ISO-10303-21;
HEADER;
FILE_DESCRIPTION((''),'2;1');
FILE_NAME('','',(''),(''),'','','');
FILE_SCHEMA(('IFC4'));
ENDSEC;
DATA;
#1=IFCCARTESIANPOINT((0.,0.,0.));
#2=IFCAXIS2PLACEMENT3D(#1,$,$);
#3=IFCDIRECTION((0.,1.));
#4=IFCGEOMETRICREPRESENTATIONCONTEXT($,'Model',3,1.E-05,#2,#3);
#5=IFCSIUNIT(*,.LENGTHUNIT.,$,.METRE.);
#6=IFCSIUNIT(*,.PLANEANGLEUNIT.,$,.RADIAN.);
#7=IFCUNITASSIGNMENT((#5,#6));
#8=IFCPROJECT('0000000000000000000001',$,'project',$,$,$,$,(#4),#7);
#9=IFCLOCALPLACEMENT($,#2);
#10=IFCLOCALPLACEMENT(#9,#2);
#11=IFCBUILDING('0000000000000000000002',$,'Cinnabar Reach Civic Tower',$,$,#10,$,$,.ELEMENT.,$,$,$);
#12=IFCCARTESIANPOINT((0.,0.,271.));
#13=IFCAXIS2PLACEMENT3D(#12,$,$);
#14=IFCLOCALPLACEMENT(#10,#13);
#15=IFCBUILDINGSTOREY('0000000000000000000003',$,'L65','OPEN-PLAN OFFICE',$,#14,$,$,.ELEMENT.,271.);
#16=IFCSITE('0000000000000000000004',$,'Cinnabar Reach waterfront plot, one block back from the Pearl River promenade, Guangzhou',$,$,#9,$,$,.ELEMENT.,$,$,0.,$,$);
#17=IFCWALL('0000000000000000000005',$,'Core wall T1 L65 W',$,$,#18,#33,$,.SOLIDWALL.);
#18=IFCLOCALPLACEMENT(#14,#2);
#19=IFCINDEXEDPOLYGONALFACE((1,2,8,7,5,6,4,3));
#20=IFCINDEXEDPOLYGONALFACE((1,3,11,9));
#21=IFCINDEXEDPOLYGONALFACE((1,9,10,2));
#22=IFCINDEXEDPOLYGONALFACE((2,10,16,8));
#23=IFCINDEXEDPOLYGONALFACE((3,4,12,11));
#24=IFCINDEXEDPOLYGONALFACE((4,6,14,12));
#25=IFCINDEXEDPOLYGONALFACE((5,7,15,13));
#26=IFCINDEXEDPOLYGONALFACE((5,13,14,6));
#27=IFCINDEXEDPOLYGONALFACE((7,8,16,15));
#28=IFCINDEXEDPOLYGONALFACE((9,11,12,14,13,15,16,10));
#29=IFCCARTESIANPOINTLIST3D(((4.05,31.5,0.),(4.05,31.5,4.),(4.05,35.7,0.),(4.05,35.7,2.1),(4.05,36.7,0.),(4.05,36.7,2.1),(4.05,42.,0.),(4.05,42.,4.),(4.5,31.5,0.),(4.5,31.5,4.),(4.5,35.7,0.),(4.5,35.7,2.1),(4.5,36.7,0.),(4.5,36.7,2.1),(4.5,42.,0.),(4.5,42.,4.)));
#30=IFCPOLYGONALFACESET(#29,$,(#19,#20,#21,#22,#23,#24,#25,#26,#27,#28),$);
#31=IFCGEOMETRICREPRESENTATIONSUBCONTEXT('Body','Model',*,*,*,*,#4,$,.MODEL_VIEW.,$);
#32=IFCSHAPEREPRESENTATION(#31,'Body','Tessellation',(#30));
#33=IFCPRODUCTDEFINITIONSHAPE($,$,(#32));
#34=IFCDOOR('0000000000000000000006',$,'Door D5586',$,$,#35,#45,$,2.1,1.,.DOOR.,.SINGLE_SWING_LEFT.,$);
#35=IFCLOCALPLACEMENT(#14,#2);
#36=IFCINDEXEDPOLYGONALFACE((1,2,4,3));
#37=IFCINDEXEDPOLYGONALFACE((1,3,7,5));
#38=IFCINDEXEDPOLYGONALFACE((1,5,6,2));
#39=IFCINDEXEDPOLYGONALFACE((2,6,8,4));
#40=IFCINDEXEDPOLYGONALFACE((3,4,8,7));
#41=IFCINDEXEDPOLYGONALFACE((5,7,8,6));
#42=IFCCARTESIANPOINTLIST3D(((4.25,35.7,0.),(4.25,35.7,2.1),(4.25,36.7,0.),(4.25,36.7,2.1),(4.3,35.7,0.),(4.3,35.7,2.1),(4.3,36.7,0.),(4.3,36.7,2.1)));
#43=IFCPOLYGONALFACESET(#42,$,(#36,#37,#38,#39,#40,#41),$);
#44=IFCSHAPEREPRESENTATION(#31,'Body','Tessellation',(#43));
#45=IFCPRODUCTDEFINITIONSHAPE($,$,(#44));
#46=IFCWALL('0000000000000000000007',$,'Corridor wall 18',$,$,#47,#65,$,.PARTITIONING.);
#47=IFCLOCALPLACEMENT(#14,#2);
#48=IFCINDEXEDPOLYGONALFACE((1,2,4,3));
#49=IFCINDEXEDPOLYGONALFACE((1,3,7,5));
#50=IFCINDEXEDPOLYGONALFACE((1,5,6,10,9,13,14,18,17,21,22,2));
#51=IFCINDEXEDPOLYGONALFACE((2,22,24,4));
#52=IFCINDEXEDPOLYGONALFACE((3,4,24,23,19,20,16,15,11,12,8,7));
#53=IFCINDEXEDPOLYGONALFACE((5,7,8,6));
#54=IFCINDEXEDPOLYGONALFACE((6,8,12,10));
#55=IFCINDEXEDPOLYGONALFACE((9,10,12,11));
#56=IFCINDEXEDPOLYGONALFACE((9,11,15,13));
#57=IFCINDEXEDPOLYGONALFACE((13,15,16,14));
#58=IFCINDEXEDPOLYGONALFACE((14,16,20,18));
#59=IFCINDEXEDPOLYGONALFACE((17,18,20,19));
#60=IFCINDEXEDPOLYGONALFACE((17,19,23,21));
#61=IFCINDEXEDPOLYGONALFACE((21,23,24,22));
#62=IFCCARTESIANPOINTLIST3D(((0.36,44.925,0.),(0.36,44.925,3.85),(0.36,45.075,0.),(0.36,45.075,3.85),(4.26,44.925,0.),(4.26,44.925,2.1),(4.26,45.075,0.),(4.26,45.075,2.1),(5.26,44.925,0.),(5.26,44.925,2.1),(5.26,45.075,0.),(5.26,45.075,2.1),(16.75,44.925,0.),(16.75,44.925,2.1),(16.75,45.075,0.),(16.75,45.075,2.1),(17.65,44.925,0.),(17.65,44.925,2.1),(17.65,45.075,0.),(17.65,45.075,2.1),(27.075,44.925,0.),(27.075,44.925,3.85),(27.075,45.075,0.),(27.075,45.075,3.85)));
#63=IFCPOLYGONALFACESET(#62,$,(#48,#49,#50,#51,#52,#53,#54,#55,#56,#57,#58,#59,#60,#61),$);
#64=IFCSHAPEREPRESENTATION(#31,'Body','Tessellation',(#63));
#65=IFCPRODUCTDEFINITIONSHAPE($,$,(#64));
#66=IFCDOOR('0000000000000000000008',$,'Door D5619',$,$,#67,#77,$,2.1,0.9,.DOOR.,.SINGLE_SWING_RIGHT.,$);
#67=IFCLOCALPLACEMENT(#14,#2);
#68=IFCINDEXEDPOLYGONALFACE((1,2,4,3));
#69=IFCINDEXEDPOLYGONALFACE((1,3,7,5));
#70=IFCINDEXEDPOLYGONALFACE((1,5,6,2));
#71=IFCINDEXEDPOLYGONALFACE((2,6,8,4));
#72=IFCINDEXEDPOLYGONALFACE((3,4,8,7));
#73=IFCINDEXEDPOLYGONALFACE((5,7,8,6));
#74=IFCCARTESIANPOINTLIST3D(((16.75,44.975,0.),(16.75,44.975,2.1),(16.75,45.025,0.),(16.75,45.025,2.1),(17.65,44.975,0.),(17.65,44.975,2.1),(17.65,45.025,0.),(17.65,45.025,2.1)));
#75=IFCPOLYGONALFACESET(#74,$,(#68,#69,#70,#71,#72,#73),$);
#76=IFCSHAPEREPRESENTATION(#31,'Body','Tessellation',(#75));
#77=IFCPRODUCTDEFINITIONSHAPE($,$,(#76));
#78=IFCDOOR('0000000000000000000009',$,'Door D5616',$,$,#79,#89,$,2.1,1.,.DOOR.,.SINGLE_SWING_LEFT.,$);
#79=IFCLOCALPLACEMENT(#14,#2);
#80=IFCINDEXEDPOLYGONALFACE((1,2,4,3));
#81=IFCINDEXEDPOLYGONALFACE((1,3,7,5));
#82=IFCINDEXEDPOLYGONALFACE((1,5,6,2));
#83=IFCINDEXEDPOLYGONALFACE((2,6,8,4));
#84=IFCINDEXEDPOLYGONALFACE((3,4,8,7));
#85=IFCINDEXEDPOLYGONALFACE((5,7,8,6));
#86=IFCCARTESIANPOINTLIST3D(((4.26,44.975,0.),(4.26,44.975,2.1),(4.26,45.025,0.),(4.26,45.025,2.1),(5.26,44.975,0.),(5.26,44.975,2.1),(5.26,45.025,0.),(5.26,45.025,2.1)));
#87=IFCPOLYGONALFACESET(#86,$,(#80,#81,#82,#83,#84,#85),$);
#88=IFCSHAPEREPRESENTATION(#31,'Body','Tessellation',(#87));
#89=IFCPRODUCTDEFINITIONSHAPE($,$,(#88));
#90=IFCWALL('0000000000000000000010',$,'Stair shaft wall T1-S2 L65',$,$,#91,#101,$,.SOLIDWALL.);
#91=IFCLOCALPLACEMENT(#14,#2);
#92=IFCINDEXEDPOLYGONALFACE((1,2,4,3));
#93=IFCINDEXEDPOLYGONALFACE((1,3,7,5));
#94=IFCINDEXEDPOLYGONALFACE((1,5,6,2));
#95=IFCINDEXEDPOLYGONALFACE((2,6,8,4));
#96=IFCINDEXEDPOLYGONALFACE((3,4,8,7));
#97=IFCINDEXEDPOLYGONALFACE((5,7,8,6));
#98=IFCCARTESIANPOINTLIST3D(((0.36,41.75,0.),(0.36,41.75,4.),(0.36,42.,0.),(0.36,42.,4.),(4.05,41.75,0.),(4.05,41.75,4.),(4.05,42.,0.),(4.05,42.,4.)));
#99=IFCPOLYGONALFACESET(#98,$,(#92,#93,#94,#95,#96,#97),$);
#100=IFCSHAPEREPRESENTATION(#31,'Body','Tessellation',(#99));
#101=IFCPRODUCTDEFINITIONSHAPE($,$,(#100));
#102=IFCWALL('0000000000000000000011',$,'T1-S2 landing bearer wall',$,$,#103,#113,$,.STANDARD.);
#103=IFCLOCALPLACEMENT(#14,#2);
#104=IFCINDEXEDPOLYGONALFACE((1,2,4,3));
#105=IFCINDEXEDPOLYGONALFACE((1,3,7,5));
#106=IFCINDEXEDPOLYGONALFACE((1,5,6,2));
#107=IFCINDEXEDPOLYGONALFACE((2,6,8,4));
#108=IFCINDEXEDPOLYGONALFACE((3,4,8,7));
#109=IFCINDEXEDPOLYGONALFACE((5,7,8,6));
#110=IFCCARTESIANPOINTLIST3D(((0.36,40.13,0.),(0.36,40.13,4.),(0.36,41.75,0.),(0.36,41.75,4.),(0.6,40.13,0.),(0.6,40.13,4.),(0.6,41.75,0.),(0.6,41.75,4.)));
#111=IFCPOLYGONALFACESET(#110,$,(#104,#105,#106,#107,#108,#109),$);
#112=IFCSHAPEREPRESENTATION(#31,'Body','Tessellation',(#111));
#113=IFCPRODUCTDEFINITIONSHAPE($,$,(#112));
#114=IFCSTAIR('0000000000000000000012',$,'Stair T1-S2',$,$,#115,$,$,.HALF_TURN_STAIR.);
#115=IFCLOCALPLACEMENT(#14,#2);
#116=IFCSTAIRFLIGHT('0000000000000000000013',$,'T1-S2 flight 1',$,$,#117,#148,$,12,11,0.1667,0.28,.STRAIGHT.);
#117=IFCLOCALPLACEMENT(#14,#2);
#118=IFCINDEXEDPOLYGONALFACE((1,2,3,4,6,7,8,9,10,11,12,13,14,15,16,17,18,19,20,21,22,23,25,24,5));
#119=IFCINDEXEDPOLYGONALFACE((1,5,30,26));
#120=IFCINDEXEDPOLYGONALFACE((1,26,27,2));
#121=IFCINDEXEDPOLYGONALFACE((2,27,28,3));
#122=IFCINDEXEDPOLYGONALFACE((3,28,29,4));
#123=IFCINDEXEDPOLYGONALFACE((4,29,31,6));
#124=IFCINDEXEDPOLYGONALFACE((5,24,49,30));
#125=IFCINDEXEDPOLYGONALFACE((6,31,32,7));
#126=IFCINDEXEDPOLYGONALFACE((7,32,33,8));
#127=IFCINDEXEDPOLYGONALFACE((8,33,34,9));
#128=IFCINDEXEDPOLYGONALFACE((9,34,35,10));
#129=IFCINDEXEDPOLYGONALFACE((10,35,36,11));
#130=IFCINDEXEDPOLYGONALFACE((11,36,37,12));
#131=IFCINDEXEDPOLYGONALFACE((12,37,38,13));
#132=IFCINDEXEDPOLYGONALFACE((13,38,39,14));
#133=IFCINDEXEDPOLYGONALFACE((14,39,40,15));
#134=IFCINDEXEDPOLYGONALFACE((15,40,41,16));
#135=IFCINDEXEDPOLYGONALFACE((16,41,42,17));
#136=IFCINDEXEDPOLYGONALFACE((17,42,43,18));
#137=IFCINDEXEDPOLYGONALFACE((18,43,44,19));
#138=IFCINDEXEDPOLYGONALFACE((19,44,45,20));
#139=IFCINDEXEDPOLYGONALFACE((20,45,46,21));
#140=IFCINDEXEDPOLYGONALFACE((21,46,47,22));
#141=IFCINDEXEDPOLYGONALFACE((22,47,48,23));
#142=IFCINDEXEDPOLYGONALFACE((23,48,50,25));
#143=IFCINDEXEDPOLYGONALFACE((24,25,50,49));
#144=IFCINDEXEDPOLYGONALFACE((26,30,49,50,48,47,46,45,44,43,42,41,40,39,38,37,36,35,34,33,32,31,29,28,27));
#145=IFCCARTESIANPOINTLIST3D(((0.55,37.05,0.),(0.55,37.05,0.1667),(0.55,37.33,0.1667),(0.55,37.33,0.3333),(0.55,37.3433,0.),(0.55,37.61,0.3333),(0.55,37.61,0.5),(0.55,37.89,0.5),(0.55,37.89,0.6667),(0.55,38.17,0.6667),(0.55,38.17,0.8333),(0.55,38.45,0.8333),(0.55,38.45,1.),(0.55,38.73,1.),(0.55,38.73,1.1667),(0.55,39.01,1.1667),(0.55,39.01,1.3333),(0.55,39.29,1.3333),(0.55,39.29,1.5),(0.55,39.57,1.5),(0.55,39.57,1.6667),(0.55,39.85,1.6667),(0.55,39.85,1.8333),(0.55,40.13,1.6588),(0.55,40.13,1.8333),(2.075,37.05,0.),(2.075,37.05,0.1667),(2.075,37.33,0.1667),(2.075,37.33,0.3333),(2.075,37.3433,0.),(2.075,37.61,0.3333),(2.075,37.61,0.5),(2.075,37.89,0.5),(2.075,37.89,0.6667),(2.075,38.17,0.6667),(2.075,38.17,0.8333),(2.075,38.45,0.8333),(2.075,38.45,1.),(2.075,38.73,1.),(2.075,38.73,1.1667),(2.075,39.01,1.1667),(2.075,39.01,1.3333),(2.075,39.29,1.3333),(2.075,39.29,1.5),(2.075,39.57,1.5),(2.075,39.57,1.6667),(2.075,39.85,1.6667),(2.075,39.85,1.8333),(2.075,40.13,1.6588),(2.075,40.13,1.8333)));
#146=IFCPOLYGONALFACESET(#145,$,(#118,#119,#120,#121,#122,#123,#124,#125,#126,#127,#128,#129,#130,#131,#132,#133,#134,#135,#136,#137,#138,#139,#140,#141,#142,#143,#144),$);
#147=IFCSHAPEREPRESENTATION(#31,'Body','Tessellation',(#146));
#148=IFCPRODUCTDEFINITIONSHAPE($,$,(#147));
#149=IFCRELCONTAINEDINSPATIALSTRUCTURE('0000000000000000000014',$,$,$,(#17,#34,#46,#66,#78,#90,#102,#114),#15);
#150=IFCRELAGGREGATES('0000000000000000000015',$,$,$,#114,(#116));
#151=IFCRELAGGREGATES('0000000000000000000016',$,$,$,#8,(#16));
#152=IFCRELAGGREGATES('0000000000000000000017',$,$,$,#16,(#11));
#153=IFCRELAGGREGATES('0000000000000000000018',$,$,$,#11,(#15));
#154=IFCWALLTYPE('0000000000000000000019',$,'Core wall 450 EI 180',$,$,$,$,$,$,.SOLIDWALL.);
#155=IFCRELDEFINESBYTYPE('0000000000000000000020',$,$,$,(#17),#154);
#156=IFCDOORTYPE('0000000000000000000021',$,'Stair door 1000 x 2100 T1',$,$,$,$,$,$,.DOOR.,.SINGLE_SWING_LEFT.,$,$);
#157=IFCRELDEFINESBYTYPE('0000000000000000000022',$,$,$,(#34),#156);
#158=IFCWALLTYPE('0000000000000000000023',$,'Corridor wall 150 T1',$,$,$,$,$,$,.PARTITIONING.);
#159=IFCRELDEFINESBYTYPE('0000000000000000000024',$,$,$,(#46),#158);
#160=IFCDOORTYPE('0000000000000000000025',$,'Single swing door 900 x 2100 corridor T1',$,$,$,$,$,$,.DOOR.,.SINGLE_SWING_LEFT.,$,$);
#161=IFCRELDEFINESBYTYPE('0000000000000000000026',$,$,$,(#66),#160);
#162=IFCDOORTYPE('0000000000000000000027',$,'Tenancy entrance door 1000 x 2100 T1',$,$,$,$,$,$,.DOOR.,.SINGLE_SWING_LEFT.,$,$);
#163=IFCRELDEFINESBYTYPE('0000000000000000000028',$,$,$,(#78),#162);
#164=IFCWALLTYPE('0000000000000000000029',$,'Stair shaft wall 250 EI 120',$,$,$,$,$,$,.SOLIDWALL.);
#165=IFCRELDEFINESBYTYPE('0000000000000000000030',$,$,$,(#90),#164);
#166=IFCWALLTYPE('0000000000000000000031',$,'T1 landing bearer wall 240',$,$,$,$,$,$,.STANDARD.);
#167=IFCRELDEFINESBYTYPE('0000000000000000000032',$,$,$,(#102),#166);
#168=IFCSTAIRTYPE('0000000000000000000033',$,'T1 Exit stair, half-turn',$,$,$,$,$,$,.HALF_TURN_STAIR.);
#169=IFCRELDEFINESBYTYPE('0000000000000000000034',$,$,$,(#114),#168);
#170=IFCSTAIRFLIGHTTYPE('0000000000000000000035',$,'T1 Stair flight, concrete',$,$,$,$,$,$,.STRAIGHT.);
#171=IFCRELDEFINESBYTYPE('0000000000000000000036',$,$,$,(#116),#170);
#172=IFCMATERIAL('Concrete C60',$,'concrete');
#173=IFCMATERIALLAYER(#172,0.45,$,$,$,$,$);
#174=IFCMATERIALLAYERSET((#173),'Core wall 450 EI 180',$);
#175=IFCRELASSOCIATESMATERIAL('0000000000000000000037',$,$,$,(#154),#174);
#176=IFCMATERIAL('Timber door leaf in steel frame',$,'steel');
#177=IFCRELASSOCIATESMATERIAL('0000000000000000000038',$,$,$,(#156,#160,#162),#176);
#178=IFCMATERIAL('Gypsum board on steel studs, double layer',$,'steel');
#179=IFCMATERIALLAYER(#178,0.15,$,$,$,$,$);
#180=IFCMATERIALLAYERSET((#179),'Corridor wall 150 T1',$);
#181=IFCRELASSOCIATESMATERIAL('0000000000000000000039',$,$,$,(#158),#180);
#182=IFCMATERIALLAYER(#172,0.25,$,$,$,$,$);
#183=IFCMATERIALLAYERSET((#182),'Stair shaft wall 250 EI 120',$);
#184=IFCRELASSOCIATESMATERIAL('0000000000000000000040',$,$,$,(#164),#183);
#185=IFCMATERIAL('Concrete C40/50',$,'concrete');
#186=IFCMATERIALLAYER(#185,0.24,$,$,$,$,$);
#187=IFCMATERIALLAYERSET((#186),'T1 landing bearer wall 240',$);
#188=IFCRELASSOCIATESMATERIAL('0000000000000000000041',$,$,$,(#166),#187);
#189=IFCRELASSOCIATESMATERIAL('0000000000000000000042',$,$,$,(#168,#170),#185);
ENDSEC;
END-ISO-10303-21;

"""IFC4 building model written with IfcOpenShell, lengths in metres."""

from ifc_helpers import new_model, si_unit, direction, frame, frame_2d, origin, place, context, subcontext, project, spatial, polyline, rectangle, outline, extrude, material, layer, layer_set, type_object, element, fill, aggregate, save


model = new_model("IFC4")

# Units and contexts
model_context = context("Model", 3, precision=1e-05, world=origin(), true_north=direction((0.0, 1.0)))
body_context = subcontext(model_context, "Body", "Model", "MODEL_VIEW")
ifc_project = project(units=[si_unit("LENGTHUNIT", "METRE"), si_unit("PLANEANGLEUNIT", "RADIAN")], contexts=[model_context])

# Site, building, storey
site_placement = place(None, origin())
site = spatial("IfcSite", under=ifc_project, at=site_placement, Name="Cinnabar Reach waterfront plot, one block back from the Pearl River promenade, Guangzhou", CompositionType="ELEMENT", RefElevation=0.0)
building_placement = place(site_placement, origin())
building = spatial("IfcBuilding", under=site, at=building_placement, Name="Cinnabar Reach Civic Tower", CompositionType="ELEMENT")
storey_placement = place(building_placement, frame((0.0, 0.0, 271.0)))
storey = spatial("IfcBuildingStorey", under=building, at=storey_placement, Name="L65", Description="OPEN-PLAN OFFICE", CompositionType="ELEMENT", Elevation=271.0)

# Shared definitions
ifc_material_1 = material(Name="Concrete C60", Category="concrete")

# Wall, opening, door
ifc_layer_1 = layer(ifc_material_1, 0.45)
ifc_layer_set_1 = layer_set([ifc_layer_1], Name="Core wall 450 EI 180")
wall_type_1 = type_object("IfcWallType", Name="Core wall 450 EI 180", PredefinedType="SOLIDWALL", material=ifc_layer_set_1)
wall_1_placement = place(storey_placement, frame((4.275, 42.0, 0.0), z_axis=(0.0, 0.0, 1.0), x_axis=(0.0, -1.0, 0.0)))
wall_1 = element("IfcWall", 1, at=wall_1_placement, inside=storey, type_object=wall_type_1, Name="Core wall T1 L65 W", PredefinedType="SOLIDWALL", context=body_context, shape_type="SweptSolid", body=[
    extrude(rectangle(XDim=10.5, YDim=0.45, at=frame_2d((5.25, 0.0))), origin(), (0.0, 0.0, 1.0), 4.0),
])
opening_1_placement = place(wall_1_placement, frame((5.3, 0.0, 0.0)))
opening_1 = element("IfcOpeningElement", 2, at=opening_1_placement, cuts=wall_1, PredefinedType="OPENING", context=body_context, shape_type="SweptSolid", body=[
    extrude(rectangle(XDim=1.0, YDim=2.1, at=frame_2d((0.5, 1.05))), frame((0.0, 0.235, 0.0), z_axis=(0.0, -1.0, 0.0), x_axis=(1.0, 0.0, 0.0)), (0.0, 0.0, 1.0), 0.47),
])
ifc_material_2 = material(Name="Timber door leaf in steel frame", Category="steel")
door_type_1 = type_object("IfcDoorType", Name="Stair door 1000 x 2100 T1", OperationType="SINGLE_SWING_LEFT", PredefinedType="DOOR", material=ifc_material_2)
door_1_placement = place(opening_1_placement, frame((1.0, 0.0, 0.0), z_axis=(0.0, 0.0, 1.0), x_axis=(-1.0, 0.0, 0.0)))
door_1 = element("IfcDoor", 3, at=door_1_placement, inside=storey, type_object=door_type_1, Name="Door D5586", OperationType="SINGLE_SWING_LEFT", OverallHeight=2.1, OverallWidth=1.0, PredefinedType="DOOR", context=body_context, shape_type="SweptSolid", body=[
    extrude(rectangle(XDim=1.0, YDim=2.1, at=frame_2d((0.5, 1.05))), frame((0.0, 0.025, 0.0), z_axis=(0.0, -1.0, 0.0), x_axis=(1.0, 0.0, 0.0)), (0.0, 0.0, 1.0), 0.05),
])
fill(opening_1, door_1)

# Wall, openings, doors
ifc_material_3 = material(Name="Gypsum board on steel studs, double layer", Category="steel")
ifc_layer_2 = layer(ifc_material_3, 0.15)
ifc_layer_set_2 = layer_set([ifc_layer_2], Name="Corridor wall 150 T1")
wall_type_2 = type_object("IfcWallType", Name="Corridor wall 150 T1", PredefinedType="PARTITIONING", material=ifc_layer_set_2)
wall_2_placement = place(storey_placement, frame((0.36, 45.0, 0.0), z_axis=(0.0, 0.0, 1.0), x_axis=(1.0, 0.0, 0.0)))
wall_2 = element("IfcWall", 4, at=wall_2_placement, inside=storey, type_object=wall_type_2, Name="Corridor wall 18", PredefinedType="PARTITIONING", context=body_context, shape_type="SweptSolid", body=[
    extrude(rectangle(XDim=26.715, YDim=0.15, at=frame_2d((13.3575, 0.0))), origin(), (0.0, 0.0, 1.0), 3.85),
])
opening_2_placement = place(wall_2_placement, frame((3.9, 0.0, 0.0)))
opening_2 = element("IfcOpeningElement", 5, at=opening_2_placement, cuts=wall_2, PredefinedType="OPENING", context=body_context, shape_type="SweptSolid", body=[
    extrude(rectangle(XDim=1.0, YDim=2.1, at=frame_2d((0.5, 1.05))), frame((0.0, 0.085, 0.0), z_axis=(0.0, -1.0, 0.0), x_axis=(1.0, 0.0, 0.0)), (0.0, 0.0, 1.0), 0.17),
])
opening_3_placement = place(wall_2_placement, frame((16.39, 0.0, 0.0)))
opening_3 = element("IfcOpeningElement", 6, at=opening_3_placement, cuts=wall_2, PredefinedType="OPENING", context=body_context, shape_type="SweptSolid", body=[
    extrude(rectangle(XDim=0.9, YDim=2.1, at=frame_2d((0.45, 1.05))), frame((0.0, 0.085, 0.0), z_axis=(0.0, -1.0, 0.0), x_axis=(1.0, 0.0, 0.0)), (0.0, 0.0, 1.0), 0.17),
])
door_type_2 = type_object("IfcDoorType", Name="Single swing door 900 x 2100 corridor T1", OperationType="SINGLE_SWING_LEFT", PredefinedType="DOOR", material=ifc_material_2)
door_2_placement = place(opening_3_placement, origin())
door_2 = element("IfcDoor", 7, at=door_2_placement, inside=storey, type_object=door_type_2, Name="Door D5619", OperationType="SINGLE_SWING_RIGHT", OverallHeight=2.1, OverallWidth=0.9, PredefinedType="DOOR", context=body_context, shape_type="SweptSolid", body=[
    extrude(rectangle(XDim=0.9, YDim=2.1, at=frame_2d((0.45, 1.05))), frame((0.0, 0.025, 0.0), z_axis=(0.0, -1.0, 0.0), x_axis=(1.0, 0.0, 0.0)), (0.0, 0.0, 1.0), 0.05),
])
fill(opening_3, door_2)
door_type_3 = type_object("IfcDoorType", Name="Tenancy entrance door 1000 x 2100 T1", OperationType="SINGLE_SWING_LEFT", PredefinedType="DOOR", material=ifc_material_2)
door_3_placement = place(opening_2_placement, origin())
door_3 = element("IfcDoor", 8, at=door_3_placement, inside=storey, type_object=door_type_3, Name="Door D5616", OperationType="SINGLE_SWING_LEFT", OverallHeight=2.1, OverallWidth=1.0, PredefinedType="DOOR", context=body_context, shape_type="SweptSolid", body=[
    extrude(rectangle(XDim=1.0, YDim=2.1, at=frame_2d((0.5, 1.05))), frame((0.0, 0.025, 0.0), z_axis=(0.0, -1.0, 0.0), x_axis=(1.0, 0.0, 0.0)), (0.0, 0.0, 1.0), 0.05),
])
fill(opening_2, door_3)

# Walls
ifc_layer_3 = layer(ifc_material_1, 0.25)
ifc_layer_set_3 = layer_set([ifc_layer_3], Name="Stair shaft wall 250 EI 120")
wall_type_3 = type_object("IfcWallType", Name="Stair shaft wall 250 EI 120", PredefinedType="SOLIDWALL", material=ifc_layer_set_3)
wall_3_placement = place(storey_placement, frame((4.05, 41.875, 0.0), z_axis=(0.0, 0.0, 1.0), x_axis=(-1.0, 0.0, 0.0)))
element("IfcWall", 9, at=wall_3_placement, inside=storey, type_object=wall_type_3, Name="Stair shaft wall T1-S2 L65", PredefinedType="SOLIDWALL", context=body_context, shape_type="SweptSolid", body=[
    extrude(rectangle(XDim=3.69, YDim=0.25, at=frame_2d((1.845, 0.0))), origin(), (0.0, 0.0, 1.0), 4.0),
])
ifc_material_4 = material(Name="Concrete C40/50", Category="concrete")
ifc_layer_4 = layer(ifc_material_4, 0.24)
ifc_layer_set_4 = layer_set([ifc_layer_4], Name="T1 landing bearer wall 240")
wall_type_4 = type_object("IfcWallType", Name="T1 landing bearer wall 240", PredefinedType="STANDARD", material=ifc_layer_set_4)
wall_4_placement = place(storey_placement, frame((0.48, 40.13, 0.0), z_axis=(0.0, 0.0, 1.0), x_axis=(0.0, 1.0, 0.0)))
element("IfcWall", 10, at=wall_4_placement, inside=storey, type_object=wall_type_4, Name="T1-S2 landing bearer wall", PredefinedType="STANDARD", context=body_context, shape_type="SweptSolid", body=[
    extrude(rectangle(XDim=1.62, YDim=0.24, at=frame_2d((0.81, 0.0))), origin(), (0.0, 0.0, 1.0), 4.0),
])

# Stair, stair flight
stair_type = type_object("IfcStairType", Name="T1 Exit stair, half-turn", PredefinedType="HALF_TURN_STAIR", material=ifc_material_4)
stair_placement = place(storey_placement, origin())
stair = element("IfcStair", 11, at=stair_placement, inside=storey, type_object=stair_type, Name="Stair T1-S2", PredefinedType="HALF_TURN_STAIR")
stair_flight_type = type_object("IfcStairFlightType", Name="T1 Stair flight, concrete", PredefinedType="STRAIGHT", material=ifc_material_4)
stair_flight_1_placement = place(storey_placement, frame((1.3125, 37.05, 0.0), z_axis=(0.0, 0.0, 1.0), x_axis=(0.0, 1.0, 0.0)))
stair_flight_1 = element("IfcStairFlight", 12, at=stair_flight_1_placement, type_object=stair_flight_type, Name="T1-S2 flight 1", NumberOfRisers=12, NumberOfTreads=11, PredefinedType="STRAIGHT", RiserHeight=0.1667, TreadLength=0.28, context=body_context, shape_type="SweptSolid", body=[
    extrude(outline(polyline([(0.0, 0.0), (0.0, 0.1667), (0.28, 0.1667), (0.28, 0.3333), (0.56, 0.3333), (0.56, 0.5), (0.84, 0.5), (0.84, 0.6667), (1.12, 0.6667), (1.12, 0.8333), (1.4, 0.8333), (1.4, 1.0), (1.68, 1.0), (1.68, 1.1667), (1.96, 1.1667), (1.96, 1.3333), (2.24, 1.3333), (2.24, 1.5), (2.52, 1.5), (2.52, 1.6667), (2.8, 1.6667), (2.8, 1.8333), (3.08, 1.8333), (3.08, 2.0), (3.08, 1.6588), (0.2933, 0.0), (0.0, 0.0)])), frame((0.0, 0.7625, 0.0), z_axis=(0.0, -1.0, 0.0), x_axis=(1.0, 0.0, 0.0)), (0.0, 0.0, 1.0), 1.525),
])
aggregate(stair, [stair_flight_1])

save(model, "model.ifc")
